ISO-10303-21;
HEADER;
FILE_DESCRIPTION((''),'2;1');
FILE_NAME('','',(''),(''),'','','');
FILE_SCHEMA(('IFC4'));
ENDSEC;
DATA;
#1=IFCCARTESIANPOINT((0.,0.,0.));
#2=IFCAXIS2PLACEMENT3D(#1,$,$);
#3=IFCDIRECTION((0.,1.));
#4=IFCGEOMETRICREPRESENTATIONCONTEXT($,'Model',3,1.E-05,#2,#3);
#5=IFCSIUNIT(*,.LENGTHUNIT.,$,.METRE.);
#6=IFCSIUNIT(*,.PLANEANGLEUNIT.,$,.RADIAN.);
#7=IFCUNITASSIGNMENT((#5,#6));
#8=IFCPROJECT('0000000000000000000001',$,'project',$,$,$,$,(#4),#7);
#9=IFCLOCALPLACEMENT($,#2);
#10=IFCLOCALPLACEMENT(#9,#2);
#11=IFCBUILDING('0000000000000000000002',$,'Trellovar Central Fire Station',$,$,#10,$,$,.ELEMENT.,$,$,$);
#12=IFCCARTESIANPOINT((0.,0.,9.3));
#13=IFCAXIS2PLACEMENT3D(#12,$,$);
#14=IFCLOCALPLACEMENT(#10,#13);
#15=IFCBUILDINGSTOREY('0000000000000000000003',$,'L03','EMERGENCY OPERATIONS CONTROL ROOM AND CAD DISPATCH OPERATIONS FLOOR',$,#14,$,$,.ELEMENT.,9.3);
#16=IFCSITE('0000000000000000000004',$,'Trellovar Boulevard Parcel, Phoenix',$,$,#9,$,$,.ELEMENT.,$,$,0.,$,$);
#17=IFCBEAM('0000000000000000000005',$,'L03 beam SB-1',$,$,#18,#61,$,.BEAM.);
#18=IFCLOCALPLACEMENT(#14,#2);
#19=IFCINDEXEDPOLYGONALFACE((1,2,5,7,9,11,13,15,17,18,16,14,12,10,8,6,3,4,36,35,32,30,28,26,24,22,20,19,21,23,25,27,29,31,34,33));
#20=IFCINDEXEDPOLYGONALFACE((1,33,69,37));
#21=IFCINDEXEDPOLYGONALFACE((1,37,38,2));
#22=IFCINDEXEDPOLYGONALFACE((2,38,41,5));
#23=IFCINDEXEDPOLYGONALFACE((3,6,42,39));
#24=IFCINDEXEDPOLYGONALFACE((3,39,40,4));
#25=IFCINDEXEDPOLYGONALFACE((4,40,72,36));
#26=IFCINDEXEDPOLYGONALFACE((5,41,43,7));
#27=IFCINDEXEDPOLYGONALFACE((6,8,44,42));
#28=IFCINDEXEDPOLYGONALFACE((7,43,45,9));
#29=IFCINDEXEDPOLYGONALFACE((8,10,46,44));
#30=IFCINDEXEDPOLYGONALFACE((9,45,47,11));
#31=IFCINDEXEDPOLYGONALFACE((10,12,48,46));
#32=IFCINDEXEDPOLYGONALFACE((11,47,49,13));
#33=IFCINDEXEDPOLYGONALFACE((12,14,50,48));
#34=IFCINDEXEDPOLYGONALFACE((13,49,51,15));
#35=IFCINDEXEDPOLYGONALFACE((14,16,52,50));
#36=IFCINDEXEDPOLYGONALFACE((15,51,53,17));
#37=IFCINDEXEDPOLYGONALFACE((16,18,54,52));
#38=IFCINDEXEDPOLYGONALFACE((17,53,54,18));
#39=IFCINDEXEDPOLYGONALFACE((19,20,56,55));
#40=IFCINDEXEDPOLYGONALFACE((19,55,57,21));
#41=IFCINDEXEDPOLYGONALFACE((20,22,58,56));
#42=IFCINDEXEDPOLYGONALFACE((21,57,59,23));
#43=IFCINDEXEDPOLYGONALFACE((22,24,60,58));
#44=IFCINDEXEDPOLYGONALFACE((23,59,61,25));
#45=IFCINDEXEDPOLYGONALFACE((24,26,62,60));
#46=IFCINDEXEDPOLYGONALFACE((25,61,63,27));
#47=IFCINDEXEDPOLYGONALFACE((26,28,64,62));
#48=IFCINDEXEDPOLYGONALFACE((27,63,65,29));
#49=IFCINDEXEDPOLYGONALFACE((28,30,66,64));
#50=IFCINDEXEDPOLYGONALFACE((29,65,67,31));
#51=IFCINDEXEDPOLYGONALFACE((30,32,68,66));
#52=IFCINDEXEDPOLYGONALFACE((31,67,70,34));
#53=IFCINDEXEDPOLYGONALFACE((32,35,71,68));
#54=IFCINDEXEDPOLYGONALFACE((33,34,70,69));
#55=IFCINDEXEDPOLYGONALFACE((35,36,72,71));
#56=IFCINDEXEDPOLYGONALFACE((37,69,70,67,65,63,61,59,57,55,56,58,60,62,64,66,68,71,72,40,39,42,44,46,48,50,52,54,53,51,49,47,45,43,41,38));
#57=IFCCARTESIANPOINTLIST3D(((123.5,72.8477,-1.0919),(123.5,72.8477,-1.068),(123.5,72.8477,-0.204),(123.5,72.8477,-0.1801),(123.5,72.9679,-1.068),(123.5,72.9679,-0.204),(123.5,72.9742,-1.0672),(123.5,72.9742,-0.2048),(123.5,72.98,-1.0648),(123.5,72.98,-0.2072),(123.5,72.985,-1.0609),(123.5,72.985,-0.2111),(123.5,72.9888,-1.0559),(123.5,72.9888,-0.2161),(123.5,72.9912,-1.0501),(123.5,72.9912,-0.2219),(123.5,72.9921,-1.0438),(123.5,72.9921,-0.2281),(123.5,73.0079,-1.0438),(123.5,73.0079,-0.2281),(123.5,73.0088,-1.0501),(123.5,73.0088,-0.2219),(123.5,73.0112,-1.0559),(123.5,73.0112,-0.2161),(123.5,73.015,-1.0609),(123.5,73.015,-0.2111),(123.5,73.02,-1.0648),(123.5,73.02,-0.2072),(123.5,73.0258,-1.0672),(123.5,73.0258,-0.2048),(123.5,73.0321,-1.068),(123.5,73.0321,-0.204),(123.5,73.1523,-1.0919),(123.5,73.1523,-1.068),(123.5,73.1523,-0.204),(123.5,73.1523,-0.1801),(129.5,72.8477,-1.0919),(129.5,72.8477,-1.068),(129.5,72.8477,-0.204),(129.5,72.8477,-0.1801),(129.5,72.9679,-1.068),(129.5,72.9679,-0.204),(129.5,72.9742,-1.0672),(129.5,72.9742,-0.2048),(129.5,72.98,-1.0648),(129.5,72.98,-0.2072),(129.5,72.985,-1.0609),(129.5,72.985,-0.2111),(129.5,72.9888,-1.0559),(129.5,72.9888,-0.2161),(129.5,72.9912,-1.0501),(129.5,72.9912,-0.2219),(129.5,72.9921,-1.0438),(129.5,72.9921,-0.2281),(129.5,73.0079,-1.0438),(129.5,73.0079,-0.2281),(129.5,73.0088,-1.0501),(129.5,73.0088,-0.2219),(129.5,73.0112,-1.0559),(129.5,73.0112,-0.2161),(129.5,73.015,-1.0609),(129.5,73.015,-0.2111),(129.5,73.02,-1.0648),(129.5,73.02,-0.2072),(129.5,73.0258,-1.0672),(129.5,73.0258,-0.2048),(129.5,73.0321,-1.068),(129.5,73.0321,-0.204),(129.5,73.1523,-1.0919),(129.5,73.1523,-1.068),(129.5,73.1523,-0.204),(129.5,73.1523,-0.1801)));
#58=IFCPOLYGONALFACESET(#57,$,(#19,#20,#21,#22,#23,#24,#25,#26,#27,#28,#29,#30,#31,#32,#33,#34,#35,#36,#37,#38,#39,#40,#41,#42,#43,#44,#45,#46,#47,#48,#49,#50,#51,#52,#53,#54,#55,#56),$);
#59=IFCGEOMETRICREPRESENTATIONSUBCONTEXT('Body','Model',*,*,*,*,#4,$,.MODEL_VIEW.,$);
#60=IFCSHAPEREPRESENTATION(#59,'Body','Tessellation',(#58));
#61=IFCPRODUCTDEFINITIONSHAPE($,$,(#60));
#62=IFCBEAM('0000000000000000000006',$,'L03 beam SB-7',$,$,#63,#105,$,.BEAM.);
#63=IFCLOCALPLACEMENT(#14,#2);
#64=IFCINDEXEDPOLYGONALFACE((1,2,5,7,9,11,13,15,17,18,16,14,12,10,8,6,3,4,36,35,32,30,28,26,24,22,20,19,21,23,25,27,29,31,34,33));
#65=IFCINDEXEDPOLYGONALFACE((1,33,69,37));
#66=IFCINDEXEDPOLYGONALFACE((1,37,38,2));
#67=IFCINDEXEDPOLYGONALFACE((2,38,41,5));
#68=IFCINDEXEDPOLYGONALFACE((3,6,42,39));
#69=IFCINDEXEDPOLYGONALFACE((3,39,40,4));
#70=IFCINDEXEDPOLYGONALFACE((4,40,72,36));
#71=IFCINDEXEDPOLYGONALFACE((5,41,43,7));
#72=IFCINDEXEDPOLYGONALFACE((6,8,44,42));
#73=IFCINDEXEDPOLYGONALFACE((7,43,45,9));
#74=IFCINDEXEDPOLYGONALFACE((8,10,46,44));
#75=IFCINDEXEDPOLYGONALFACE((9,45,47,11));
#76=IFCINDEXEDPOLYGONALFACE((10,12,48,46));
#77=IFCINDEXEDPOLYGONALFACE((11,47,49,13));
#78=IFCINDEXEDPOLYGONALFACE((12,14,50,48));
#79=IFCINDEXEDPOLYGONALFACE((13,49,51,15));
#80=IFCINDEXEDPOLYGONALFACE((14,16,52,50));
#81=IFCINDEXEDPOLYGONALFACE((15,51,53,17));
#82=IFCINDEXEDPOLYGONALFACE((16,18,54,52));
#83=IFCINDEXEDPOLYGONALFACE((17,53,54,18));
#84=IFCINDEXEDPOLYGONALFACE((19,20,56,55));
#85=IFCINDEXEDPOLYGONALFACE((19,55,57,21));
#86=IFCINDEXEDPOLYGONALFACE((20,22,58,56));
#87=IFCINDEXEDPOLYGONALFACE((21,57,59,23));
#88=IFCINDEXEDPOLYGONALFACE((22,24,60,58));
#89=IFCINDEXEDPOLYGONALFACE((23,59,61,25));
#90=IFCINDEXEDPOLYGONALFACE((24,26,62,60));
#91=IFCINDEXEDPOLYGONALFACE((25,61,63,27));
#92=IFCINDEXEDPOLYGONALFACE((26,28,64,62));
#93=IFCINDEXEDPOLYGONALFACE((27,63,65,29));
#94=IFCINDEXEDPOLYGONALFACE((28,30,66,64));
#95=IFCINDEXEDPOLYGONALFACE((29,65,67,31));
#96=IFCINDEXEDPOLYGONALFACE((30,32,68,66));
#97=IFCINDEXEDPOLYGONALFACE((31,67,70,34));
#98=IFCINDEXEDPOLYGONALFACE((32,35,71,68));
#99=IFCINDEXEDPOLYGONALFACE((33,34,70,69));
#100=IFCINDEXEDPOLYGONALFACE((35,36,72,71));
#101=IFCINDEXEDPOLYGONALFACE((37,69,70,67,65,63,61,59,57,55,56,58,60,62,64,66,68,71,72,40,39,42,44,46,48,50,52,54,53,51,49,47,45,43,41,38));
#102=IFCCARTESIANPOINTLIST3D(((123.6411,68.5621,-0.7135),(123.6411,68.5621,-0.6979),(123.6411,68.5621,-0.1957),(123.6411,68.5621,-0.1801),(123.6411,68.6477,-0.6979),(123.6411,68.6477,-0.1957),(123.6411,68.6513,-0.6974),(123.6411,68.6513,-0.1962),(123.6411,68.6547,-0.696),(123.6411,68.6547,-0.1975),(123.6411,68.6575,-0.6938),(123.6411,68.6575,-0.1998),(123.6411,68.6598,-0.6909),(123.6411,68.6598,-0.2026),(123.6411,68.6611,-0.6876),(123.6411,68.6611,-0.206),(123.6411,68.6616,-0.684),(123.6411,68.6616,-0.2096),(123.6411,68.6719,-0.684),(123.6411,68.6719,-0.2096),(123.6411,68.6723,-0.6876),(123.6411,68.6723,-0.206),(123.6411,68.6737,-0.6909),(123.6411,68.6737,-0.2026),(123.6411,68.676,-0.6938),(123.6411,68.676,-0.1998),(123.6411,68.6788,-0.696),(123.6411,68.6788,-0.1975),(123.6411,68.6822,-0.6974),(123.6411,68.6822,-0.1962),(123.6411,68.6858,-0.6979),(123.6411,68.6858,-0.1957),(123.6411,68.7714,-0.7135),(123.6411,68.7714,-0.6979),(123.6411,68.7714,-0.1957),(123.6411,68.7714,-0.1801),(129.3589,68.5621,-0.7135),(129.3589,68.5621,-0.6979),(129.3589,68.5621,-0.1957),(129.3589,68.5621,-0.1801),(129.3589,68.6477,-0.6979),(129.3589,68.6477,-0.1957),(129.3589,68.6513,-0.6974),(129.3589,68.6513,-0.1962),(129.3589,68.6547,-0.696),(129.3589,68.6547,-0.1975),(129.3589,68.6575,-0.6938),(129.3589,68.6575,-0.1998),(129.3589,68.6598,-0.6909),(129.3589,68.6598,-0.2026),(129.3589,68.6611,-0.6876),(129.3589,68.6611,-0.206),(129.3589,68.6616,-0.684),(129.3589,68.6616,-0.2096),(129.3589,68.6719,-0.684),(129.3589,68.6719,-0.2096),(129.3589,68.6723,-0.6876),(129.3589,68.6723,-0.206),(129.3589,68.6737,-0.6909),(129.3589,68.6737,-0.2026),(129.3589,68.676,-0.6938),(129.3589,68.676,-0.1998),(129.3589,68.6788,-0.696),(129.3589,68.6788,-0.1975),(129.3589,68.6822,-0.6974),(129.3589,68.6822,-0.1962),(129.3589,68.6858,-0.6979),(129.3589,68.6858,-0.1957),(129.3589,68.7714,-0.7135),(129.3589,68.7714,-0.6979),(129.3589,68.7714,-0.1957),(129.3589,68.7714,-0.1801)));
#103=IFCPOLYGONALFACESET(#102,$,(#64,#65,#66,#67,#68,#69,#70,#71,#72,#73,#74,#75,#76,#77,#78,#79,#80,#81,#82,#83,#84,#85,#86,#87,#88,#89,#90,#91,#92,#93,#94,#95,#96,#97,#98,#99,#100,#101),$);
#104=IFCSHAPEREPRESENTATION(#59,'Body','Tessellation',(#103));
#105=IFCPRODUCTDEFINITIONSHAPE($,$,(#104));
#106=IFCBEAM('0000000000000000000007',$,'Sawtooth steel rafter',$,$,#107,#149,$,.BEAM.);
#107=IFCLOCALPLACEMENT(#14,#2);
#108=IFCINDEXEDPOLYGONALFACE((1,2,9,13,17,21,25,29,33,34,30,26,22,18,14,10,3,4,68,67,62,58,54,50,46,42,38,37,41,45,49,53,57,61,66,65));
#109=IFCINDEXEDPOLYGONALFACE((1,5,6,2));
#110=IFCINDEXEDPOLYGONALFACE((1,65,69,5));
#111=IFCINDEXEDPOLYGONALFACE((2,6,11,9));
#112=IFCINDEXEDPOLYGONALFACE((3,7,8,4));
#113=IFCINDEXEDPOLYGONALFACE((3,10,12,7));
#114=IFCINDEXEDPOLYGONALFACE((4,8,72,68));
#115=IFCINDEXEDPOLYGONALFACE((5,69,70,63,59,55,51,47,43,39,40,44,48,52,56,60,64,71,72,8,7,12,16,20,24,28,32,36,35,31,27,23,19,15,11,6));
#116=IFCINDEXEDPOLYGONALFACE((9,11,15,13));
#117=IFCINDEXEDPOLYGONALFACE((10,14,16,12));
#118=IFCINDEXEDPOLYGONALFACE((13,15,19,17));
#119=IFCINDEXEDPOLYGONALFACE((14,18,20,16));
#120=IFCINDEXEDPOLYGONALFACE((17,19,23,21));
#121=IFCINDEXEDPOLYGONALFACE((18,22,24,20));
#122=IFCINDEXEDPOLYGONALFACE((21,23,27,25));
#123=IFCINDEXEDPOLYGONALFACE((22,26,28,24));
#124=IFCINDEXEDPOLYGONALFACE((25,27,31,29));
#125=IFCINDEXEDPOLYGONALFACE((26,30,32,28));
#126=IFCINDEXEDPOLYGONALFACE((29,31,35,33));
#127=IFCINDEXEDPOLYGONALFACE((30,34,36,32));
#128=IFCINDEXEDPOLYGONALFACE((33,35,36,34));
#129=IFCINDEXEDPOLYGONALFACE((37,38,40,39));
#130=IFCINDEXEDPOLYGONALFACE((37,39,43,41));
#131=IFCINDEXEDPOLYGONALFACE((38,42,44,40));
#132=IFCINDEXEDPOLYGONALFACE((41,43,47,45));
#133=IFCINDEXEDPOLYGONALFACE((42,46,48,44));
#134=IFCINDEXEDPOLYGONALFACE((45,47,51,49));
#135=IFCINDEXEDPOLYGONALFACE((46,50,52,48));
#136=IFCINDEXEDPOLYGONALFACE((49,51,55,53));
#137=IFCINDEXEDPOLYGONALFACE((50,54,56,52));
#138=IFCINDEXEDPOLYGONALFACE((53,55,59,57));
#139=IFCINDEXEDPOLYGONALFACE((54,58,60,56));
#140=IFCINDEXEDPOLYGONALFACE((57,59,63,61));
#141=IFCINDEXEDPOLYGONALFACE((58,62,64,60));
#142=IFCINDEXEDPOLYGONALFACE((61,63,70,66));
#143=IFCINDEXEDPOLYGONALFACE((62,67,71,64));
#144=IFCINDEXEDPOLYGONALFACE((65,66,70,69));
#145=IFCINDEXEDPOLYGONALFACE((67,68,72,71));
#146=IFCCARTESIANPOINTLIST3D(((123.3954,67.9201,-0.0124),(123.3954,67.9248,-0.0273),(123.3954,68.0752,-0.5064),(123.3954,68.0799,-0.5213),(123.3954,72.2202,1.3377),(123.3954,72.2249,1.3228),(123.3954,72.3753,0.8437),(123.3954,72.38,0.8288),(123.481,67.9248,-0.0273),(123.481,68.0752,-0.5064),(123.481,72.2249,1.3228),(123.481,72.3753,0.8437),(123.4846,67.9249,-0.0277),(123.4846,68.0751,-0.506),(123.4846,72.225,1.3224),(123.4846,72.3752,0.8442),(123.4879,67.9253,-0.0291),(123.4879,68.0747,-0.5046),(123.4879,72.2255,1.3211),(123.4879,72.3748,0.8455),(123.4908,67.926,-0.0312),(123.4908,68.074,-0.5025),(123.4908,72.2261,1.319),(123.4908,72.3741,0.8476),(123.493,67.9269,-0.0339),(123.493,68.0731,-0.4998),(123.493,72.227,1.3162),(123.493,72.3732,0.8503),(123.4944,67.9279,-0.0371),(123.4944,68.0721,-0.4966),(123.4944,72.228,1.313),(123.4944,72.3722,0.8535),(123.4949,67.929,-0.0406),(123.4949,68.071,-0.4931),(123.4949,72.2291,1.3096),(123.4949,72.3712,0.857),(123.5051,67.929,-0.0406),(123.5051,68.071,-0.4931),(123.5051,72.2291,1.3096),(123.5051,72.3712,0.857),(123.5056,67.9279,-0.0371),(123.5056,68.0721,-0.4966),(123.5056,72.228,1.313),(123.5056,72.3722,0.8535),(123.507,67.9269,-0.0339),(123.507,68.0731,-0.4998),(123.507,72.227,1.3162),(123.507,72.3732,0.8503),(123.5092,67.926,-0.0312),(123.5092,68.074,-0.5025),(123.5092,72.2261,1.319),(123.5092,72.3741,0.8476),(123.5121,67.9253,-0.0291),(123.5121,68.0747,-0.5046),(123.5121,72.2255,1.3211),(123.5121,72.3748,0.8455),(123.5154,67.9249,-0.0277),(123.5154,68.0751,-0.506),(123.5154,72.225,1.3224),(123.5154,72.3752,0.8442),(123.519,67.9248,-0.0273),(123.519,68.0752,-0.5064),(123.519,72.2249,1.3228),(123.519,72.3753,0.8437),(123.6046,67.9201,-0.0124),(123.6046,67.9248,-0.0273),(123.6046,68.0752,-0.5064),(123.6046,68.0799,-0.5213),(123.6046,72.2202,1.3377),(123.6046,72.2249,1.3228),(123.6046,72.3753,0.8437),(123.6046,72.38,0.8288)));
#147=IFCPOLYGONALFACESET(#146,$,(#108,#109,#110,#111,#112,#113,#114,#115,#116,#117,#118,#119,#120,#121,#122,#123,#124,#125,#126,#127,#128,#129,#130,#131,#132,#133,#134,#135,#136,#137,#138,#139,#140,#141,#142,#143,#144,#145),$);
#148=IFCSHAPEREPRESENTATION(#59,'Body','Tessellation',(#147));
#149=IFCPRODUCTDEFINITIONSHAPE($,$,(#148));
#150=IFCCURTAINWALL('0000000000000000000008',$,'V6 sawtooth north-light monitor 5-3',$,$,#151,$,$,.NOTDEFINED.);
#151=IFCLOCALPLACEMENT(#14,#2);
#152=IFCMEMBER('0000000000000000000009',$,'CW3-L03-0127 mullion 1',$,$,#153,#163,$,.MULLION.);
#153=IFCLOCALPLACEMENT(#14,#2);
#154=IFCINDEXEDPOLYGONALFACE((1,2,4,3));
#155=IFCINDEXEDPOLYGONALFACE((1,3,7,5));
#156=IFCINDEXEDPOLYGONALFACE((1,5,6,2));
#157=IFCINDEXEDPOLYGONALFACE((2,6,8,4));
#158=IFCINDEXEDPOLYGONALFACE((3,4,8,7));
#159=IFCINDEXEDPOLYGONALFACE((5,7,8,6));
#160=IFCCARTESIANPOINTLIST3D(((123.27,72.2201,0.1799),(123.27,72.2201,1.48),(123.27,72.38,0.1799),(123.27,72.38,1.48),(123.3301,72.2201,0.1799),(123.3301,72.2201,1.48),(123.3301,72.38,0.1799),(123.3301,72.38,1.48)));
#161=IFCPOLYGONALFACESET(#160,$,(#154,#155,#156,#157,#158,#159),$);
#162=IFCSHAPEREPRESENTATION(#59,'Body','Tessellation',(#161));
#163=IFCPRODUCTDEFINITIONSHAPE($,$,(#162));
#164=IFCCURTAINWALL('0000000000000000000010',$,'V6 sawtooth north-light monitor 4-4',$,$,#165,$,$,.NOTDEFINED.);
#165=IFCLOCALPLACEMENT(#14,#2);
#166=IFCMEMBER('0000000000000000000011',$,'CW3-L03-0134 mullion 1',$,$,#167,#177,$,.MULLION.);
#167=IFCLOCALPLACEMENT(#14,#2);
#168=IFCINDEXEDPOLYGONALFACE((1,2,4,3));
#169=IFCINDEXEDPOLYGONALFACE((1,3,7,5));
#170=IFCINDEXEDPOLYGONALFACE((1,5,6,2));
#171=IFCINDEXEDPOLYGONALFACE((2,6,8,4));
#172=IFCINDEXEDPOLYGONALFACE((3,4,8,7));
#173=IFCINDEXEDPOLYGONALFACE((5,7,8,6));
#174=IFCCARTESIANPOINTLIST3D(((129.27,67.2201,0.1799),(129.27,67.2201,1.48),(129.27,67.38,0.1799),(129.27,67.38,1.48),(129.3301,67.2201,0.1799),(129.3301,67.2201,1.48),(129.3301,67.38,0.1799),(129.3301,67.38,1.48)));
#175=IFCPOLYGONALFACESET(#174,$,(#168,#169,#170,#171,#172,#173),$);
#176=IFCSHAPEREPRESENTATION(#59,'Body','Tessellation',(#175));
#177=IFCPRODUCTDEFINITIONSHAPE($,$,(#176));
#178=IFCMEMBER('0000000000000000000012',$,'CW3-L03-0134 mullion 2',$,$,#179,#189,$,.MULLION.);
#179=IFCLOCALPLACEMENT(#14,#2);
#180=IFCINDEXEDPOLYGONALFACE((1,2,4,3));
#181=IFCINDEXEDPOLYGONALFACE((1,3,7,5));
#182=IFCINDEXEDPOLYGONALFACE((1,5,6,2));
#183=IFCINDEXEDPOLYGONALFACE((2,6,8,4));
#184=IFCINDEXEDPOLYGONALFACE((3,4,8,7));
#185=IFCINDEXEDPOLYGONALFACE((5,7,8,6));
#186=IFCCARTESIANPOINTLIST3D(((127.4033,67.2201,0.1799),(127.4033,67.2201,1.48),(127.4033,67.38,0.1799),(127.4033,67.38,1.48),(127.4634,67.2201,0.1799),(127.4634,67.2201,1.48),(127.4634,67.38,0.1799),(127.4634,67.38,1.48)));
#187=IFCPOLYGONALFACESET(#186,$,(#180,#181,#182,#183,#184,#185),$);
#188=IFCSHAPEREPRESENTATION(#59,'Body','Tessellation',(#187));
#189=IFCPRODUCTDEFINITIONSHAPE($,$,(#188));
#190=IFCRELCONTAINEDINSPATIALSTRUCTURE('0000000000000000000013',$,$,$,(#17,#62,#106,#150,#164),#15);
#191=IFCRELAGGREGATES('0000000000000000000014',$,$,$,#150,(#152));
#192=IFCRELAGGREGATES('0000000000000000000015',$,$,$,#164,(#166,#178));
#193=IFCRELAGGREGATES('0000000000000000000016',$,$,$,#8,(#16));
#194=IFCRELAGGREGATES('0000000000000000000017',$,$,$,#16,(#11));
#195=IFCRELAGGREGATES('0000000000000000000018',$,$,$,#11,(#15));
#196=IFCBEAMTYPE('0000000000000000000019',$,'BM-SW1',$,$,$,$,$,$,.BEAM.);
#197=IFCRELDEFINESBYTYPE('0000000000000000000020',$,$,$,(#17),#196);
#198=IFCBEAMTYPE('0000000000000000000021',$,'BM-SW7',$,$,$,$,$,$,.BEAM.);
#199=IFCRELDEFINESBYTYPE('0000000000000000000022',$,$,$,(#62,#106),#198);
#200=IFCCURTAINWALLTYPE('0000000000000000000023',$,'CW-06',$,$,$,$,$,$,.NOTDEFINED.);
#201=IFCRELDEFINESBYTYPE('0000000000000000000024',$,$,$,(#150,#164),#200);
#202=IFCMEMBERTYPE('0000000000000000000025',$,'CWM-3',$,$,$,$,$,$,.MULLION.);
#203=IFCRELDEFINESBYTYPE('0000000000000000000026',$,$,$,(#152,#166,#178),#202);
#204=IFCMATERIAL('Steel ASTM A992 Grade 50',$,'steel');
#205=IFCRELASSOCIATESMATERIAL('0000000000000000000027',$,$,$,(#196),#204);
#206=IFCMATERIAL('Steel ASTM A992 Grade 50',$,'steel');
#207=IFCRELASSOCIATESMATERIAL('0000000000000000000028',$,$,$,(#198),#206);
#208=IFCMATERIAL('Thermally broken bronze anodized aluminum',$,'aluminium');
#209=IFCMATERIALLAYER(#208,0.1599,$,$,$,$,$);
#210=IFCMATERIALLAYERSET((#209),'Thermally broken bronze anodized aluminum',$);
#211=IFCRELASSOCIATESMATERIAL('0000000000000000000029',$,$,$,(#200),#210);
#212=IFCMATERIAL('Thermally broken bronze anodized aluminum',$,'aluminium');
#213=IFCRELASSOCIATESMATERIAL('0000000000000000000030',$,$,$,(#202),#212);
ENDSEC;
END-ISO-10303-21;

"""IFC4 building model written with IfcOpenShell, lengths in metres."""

from ifc_helpers import new_model, si_unit, direction, frame, origin, origin_2d, place, context, subcontext, project, spatial, rectangle, i_section, extrude, material, layer, layer_set, material_profile, profile_set, type_object, element, aggregate, save


model = new_model("IFC4")

# Units and contexts
model_context = context("Model", 3, precision=1e-05, world=origin(), true_north=direction((0.0, 1.0)))
body_context = subcontext(model_context, "Body", "Model", "MODEL_VIEW")
ifc_project = project(units=[si_unit("LENGTHUNIT", "METRE"), si_unit("PLANEANGLEUNIT", "RADIAN")], contexts=[model_context])

# Site, building, storey
site_placement = place(None, origin())
site = spatial("IfcSite", under=ifc_project, at=site_placement, Name="Trellovar Boulevard Parcel, Phoenix", CompositionType="ELEMENT", RefElevation=0.0)
building_placement = place(site_placement, origin())
building = spatial("IfcBuilding", under=site, at=building_placement, Name="Trellovar Central Fire Station", CompositionType="ELEMENT")
storey_placement = place(building_placement, frame((0.0, 0.0, 9.3)))
storey = spatial("IfcBuildingStorey", under=building, at=storey_placement, Name="L03", Description="EMERGENCY OPERATIONS CONTROL ROOM AND CAD DISPATCH OPERATIONS FLOOR", CompositionType="ELEMENT", Elevation=9.3)

# Beams
ifc_material_1 = material(Name="Steel ASTM A992 Grade 50", Category="steel")
ifc_material_profile_1 = material_profile(ifc_material_1, i_section(OverallWidth=0.3047, OverallDepth=0.9119, WebThickness=0.0159, FlangeThickness=0.0239, FilletRadius=0.0242, at=origin_2d()), Name="W36X150")
ifc_profile_set_1 = profile_set([ifc_material_profile_1], Name="Steel ASTM A992 Grade 50")
beam_type_1 = type_object("IfcBeamType", Name="BM-SW1", PredefinedType="BEAM", material=ifc_profile_set_1)
beam_1_placement = place(storey_placement, frame((123.5, 73.0, -0.636), z_axis=(1.0, 0.0, 0.0), x_axis=(0.0, 1.0, 0.0)))
element("IfcBeam", 1, at=beam_1_placement, inside=storey, type_object=beam_type_1, Name="L03 beam SB-1", PredefinedType="BEAM", context=body_context, shape_type="SweptSolid", body=[
    extrude(i_section(OverallWidth=0.3047, OverallDepth=0.9119, WebThickness=0.0159, FlangeThickness=0.0239, FilletRadius=0.0242, at=origin_2d()), origin(), (0.0, 0.0, 1.0), 6.0),
])
ifc_material_2 = material(Name="Steel ASTM A992 Grade 50", Category="steel")
ifc_material_profile_2 = material_profile(ifc_material_2, i_section(OverallWidth=0.2092, OverallDepth=0.5334, WebThickness=0.0103, FlangeThickness=0.0156, FilletRadius=0.0139, at=origin_2d()), Name="W21X62")
ifc_profile_set_2 = profile_set([ifc_material_profile_2], Name="Steel ASTM A992 Grade 50")
beam_type_2 = type_object("IfcBeamType", Name="BM-SW7", PredefinedType="BEAM", material=ifc_profile_set_2)
beam_2_placement = place(storey_placement, frame((123.6411, 68.6667, -0.4468), z_axis=(1.0, 0.0, 0.0), x_axis=(0.0, 1.0, 0.0)))
element("IfcBeam", 2, at=beam_2_placement, inside=storey, type_object=beam_type_2, Name="L03 beam SB-7", PredefinedType="BEAM", context=body_context, shape_type="SweptSolid", body=[
    extrude(i_section(OverallWidth=0.2092, OverallDepth=0.5334, WebThickness=0.0103, FlangeThickness=0.0156, FilletRadius=0.0139, at=origin_2d()), origin(), (0.0, 0.0, 1.0), 5.7178),
])
beam_3_placement = place(storey_placement, frame((123.5, 68.0, -0.2668), z_axis=(0.0, 0.954079, 0.299555), x_axis=(-1.0, 0.0, 0.0)))
element("IfcBeam", 3, at=beam_3_placement, inside=storey, type_object=beam_type_2, Name="Sawtooth steel rafter", PredefinedType="BEAM", context=body_context, shape_type="SweptSolid", body=[
    extrude(i_section(OverallWidth=0.2092, OverallDepth=0.5334, WebThickness=0.0103, FlangeThickness=0.0156, FilletRadius=0.0139, at=origin_2d()), origin(), (0.0, 0.0, 1.0), 4.5071),
])

# Curtain wall, member
ifc_material_3 = material(Name="Thermally broken bronze anodized aluminum", Category="aluminium")
ifc_layer_1 = layer(ifc_material_3, 0.1599)
ifc_layer_set_1 = layer_set([ifc_layer_1], Name="Thermally broken bronze anodized aluminum")
curtain_wall_type = type_object("IfcCurtainWallType", Name="CW-06", PredefinedType="NOTDEFINED", material=ifc_layer_set_1)
curtain_wall_1_placement = place(storey_placement, origin())
curtain_wall_1 = element("IfcCurtainWall", 4, at=curtain_wall_1_placement, inside=storey, type_object=curtain_wall_type, Name="V6 sawtooth north-light monitor 5-3", PredefinedType="NOTDEFINED")
ifc_material_4 = material(Name="Thermally broken bronze anodized aluminum", Category="aluminium")
ifc_material_profile_3 = material_profile(ifc_material_4, rectangle(XDim=0.0601, YDim=0.1599, at=origin_2d()), Name="ALU60X160")
ifc_profile_set_3 = profile_set([ifc_material_profile_3], Name="Thermally broken bronze anodized aluminum")
member_type_1 = type_object("IfcMemberType", Name="CWM-3", PredefinedType="MULLION", material=ifc_profile_set_3)
member_1_placement = place(storey_placement, frame((123.3, 72.3, 0.1799), z_axis=(0.0, 0.0, 1.0), x_axis=(1.0, 0.0, 0.0)))
member_1 = element("IfcMember", 5, at=member_1_placement, type_object=member_type_1, Name="CW3-L03-0127 mullion 1", PredefinedType="MULLION", context=body_context, shape_type="SweptSolid", body=[
    extrude(rectangle(XDim=0.0601, YDim=0.1599, at=origin_2d()), origin(), (0.0, 0.0, 1.0), 1.3),
])

# Curtain wall, members
curtain_wall_2_placement = place(storey_placement, origin())
curtain_wall_2 = element("IfcCurtainWall", 6, at=curtain_wall_2_placement, inside=storey, type_object=curtain_wall_type, Name="V6 sawtooth north-light monitor 4-4", PredefinedType="NOTDEFINED")
member_2_placement = place(storey_placement, frame((129.3, 67.3, 0.1799), z_axis=(0.0, 0.0, 1.0), x_axis=(1.0, 0.0, 0.0)))
member_2 = element("IfcMember", 7, at=member_2_placement, type_object=member_type_1, Name="CW3-L03-0134 mullion 1", PredefinedType="MULLION", context=body_context, shape_type="SweptSolid", body=[
    extrude(rectangle(XDim=0.0601, YDim=0.1599, at=origin_2d()), origin(), (0.0, 0.0, 1.0), 1.3),
])
member_3_placement = place(storey_placement, frame((127.4333, 67.3, 0.1799), z_axis=(0.0, 0.0, 1.0), x_axis=(1.0, 0.0, 0.0)))
member_3 = element("IfcMember", 8, at=member_3_placement, type_object=member_type_1, Name="CW3-L03-0134 mullion 2", PredefinedType="MULLION", context=body_context, shape_type="SweptSolid", body=[
    extrude(rectangle(XDim=0.0601, YDim=0.1599, at=origin_2d()), origin(), (0.0, 0.0, 1.0), 1.3),
])

aggregate(curtain_wall_1, [member_1])

aggregate(curtain_wall_2, [member_2, member_3])

save(model, "model.ifc")
